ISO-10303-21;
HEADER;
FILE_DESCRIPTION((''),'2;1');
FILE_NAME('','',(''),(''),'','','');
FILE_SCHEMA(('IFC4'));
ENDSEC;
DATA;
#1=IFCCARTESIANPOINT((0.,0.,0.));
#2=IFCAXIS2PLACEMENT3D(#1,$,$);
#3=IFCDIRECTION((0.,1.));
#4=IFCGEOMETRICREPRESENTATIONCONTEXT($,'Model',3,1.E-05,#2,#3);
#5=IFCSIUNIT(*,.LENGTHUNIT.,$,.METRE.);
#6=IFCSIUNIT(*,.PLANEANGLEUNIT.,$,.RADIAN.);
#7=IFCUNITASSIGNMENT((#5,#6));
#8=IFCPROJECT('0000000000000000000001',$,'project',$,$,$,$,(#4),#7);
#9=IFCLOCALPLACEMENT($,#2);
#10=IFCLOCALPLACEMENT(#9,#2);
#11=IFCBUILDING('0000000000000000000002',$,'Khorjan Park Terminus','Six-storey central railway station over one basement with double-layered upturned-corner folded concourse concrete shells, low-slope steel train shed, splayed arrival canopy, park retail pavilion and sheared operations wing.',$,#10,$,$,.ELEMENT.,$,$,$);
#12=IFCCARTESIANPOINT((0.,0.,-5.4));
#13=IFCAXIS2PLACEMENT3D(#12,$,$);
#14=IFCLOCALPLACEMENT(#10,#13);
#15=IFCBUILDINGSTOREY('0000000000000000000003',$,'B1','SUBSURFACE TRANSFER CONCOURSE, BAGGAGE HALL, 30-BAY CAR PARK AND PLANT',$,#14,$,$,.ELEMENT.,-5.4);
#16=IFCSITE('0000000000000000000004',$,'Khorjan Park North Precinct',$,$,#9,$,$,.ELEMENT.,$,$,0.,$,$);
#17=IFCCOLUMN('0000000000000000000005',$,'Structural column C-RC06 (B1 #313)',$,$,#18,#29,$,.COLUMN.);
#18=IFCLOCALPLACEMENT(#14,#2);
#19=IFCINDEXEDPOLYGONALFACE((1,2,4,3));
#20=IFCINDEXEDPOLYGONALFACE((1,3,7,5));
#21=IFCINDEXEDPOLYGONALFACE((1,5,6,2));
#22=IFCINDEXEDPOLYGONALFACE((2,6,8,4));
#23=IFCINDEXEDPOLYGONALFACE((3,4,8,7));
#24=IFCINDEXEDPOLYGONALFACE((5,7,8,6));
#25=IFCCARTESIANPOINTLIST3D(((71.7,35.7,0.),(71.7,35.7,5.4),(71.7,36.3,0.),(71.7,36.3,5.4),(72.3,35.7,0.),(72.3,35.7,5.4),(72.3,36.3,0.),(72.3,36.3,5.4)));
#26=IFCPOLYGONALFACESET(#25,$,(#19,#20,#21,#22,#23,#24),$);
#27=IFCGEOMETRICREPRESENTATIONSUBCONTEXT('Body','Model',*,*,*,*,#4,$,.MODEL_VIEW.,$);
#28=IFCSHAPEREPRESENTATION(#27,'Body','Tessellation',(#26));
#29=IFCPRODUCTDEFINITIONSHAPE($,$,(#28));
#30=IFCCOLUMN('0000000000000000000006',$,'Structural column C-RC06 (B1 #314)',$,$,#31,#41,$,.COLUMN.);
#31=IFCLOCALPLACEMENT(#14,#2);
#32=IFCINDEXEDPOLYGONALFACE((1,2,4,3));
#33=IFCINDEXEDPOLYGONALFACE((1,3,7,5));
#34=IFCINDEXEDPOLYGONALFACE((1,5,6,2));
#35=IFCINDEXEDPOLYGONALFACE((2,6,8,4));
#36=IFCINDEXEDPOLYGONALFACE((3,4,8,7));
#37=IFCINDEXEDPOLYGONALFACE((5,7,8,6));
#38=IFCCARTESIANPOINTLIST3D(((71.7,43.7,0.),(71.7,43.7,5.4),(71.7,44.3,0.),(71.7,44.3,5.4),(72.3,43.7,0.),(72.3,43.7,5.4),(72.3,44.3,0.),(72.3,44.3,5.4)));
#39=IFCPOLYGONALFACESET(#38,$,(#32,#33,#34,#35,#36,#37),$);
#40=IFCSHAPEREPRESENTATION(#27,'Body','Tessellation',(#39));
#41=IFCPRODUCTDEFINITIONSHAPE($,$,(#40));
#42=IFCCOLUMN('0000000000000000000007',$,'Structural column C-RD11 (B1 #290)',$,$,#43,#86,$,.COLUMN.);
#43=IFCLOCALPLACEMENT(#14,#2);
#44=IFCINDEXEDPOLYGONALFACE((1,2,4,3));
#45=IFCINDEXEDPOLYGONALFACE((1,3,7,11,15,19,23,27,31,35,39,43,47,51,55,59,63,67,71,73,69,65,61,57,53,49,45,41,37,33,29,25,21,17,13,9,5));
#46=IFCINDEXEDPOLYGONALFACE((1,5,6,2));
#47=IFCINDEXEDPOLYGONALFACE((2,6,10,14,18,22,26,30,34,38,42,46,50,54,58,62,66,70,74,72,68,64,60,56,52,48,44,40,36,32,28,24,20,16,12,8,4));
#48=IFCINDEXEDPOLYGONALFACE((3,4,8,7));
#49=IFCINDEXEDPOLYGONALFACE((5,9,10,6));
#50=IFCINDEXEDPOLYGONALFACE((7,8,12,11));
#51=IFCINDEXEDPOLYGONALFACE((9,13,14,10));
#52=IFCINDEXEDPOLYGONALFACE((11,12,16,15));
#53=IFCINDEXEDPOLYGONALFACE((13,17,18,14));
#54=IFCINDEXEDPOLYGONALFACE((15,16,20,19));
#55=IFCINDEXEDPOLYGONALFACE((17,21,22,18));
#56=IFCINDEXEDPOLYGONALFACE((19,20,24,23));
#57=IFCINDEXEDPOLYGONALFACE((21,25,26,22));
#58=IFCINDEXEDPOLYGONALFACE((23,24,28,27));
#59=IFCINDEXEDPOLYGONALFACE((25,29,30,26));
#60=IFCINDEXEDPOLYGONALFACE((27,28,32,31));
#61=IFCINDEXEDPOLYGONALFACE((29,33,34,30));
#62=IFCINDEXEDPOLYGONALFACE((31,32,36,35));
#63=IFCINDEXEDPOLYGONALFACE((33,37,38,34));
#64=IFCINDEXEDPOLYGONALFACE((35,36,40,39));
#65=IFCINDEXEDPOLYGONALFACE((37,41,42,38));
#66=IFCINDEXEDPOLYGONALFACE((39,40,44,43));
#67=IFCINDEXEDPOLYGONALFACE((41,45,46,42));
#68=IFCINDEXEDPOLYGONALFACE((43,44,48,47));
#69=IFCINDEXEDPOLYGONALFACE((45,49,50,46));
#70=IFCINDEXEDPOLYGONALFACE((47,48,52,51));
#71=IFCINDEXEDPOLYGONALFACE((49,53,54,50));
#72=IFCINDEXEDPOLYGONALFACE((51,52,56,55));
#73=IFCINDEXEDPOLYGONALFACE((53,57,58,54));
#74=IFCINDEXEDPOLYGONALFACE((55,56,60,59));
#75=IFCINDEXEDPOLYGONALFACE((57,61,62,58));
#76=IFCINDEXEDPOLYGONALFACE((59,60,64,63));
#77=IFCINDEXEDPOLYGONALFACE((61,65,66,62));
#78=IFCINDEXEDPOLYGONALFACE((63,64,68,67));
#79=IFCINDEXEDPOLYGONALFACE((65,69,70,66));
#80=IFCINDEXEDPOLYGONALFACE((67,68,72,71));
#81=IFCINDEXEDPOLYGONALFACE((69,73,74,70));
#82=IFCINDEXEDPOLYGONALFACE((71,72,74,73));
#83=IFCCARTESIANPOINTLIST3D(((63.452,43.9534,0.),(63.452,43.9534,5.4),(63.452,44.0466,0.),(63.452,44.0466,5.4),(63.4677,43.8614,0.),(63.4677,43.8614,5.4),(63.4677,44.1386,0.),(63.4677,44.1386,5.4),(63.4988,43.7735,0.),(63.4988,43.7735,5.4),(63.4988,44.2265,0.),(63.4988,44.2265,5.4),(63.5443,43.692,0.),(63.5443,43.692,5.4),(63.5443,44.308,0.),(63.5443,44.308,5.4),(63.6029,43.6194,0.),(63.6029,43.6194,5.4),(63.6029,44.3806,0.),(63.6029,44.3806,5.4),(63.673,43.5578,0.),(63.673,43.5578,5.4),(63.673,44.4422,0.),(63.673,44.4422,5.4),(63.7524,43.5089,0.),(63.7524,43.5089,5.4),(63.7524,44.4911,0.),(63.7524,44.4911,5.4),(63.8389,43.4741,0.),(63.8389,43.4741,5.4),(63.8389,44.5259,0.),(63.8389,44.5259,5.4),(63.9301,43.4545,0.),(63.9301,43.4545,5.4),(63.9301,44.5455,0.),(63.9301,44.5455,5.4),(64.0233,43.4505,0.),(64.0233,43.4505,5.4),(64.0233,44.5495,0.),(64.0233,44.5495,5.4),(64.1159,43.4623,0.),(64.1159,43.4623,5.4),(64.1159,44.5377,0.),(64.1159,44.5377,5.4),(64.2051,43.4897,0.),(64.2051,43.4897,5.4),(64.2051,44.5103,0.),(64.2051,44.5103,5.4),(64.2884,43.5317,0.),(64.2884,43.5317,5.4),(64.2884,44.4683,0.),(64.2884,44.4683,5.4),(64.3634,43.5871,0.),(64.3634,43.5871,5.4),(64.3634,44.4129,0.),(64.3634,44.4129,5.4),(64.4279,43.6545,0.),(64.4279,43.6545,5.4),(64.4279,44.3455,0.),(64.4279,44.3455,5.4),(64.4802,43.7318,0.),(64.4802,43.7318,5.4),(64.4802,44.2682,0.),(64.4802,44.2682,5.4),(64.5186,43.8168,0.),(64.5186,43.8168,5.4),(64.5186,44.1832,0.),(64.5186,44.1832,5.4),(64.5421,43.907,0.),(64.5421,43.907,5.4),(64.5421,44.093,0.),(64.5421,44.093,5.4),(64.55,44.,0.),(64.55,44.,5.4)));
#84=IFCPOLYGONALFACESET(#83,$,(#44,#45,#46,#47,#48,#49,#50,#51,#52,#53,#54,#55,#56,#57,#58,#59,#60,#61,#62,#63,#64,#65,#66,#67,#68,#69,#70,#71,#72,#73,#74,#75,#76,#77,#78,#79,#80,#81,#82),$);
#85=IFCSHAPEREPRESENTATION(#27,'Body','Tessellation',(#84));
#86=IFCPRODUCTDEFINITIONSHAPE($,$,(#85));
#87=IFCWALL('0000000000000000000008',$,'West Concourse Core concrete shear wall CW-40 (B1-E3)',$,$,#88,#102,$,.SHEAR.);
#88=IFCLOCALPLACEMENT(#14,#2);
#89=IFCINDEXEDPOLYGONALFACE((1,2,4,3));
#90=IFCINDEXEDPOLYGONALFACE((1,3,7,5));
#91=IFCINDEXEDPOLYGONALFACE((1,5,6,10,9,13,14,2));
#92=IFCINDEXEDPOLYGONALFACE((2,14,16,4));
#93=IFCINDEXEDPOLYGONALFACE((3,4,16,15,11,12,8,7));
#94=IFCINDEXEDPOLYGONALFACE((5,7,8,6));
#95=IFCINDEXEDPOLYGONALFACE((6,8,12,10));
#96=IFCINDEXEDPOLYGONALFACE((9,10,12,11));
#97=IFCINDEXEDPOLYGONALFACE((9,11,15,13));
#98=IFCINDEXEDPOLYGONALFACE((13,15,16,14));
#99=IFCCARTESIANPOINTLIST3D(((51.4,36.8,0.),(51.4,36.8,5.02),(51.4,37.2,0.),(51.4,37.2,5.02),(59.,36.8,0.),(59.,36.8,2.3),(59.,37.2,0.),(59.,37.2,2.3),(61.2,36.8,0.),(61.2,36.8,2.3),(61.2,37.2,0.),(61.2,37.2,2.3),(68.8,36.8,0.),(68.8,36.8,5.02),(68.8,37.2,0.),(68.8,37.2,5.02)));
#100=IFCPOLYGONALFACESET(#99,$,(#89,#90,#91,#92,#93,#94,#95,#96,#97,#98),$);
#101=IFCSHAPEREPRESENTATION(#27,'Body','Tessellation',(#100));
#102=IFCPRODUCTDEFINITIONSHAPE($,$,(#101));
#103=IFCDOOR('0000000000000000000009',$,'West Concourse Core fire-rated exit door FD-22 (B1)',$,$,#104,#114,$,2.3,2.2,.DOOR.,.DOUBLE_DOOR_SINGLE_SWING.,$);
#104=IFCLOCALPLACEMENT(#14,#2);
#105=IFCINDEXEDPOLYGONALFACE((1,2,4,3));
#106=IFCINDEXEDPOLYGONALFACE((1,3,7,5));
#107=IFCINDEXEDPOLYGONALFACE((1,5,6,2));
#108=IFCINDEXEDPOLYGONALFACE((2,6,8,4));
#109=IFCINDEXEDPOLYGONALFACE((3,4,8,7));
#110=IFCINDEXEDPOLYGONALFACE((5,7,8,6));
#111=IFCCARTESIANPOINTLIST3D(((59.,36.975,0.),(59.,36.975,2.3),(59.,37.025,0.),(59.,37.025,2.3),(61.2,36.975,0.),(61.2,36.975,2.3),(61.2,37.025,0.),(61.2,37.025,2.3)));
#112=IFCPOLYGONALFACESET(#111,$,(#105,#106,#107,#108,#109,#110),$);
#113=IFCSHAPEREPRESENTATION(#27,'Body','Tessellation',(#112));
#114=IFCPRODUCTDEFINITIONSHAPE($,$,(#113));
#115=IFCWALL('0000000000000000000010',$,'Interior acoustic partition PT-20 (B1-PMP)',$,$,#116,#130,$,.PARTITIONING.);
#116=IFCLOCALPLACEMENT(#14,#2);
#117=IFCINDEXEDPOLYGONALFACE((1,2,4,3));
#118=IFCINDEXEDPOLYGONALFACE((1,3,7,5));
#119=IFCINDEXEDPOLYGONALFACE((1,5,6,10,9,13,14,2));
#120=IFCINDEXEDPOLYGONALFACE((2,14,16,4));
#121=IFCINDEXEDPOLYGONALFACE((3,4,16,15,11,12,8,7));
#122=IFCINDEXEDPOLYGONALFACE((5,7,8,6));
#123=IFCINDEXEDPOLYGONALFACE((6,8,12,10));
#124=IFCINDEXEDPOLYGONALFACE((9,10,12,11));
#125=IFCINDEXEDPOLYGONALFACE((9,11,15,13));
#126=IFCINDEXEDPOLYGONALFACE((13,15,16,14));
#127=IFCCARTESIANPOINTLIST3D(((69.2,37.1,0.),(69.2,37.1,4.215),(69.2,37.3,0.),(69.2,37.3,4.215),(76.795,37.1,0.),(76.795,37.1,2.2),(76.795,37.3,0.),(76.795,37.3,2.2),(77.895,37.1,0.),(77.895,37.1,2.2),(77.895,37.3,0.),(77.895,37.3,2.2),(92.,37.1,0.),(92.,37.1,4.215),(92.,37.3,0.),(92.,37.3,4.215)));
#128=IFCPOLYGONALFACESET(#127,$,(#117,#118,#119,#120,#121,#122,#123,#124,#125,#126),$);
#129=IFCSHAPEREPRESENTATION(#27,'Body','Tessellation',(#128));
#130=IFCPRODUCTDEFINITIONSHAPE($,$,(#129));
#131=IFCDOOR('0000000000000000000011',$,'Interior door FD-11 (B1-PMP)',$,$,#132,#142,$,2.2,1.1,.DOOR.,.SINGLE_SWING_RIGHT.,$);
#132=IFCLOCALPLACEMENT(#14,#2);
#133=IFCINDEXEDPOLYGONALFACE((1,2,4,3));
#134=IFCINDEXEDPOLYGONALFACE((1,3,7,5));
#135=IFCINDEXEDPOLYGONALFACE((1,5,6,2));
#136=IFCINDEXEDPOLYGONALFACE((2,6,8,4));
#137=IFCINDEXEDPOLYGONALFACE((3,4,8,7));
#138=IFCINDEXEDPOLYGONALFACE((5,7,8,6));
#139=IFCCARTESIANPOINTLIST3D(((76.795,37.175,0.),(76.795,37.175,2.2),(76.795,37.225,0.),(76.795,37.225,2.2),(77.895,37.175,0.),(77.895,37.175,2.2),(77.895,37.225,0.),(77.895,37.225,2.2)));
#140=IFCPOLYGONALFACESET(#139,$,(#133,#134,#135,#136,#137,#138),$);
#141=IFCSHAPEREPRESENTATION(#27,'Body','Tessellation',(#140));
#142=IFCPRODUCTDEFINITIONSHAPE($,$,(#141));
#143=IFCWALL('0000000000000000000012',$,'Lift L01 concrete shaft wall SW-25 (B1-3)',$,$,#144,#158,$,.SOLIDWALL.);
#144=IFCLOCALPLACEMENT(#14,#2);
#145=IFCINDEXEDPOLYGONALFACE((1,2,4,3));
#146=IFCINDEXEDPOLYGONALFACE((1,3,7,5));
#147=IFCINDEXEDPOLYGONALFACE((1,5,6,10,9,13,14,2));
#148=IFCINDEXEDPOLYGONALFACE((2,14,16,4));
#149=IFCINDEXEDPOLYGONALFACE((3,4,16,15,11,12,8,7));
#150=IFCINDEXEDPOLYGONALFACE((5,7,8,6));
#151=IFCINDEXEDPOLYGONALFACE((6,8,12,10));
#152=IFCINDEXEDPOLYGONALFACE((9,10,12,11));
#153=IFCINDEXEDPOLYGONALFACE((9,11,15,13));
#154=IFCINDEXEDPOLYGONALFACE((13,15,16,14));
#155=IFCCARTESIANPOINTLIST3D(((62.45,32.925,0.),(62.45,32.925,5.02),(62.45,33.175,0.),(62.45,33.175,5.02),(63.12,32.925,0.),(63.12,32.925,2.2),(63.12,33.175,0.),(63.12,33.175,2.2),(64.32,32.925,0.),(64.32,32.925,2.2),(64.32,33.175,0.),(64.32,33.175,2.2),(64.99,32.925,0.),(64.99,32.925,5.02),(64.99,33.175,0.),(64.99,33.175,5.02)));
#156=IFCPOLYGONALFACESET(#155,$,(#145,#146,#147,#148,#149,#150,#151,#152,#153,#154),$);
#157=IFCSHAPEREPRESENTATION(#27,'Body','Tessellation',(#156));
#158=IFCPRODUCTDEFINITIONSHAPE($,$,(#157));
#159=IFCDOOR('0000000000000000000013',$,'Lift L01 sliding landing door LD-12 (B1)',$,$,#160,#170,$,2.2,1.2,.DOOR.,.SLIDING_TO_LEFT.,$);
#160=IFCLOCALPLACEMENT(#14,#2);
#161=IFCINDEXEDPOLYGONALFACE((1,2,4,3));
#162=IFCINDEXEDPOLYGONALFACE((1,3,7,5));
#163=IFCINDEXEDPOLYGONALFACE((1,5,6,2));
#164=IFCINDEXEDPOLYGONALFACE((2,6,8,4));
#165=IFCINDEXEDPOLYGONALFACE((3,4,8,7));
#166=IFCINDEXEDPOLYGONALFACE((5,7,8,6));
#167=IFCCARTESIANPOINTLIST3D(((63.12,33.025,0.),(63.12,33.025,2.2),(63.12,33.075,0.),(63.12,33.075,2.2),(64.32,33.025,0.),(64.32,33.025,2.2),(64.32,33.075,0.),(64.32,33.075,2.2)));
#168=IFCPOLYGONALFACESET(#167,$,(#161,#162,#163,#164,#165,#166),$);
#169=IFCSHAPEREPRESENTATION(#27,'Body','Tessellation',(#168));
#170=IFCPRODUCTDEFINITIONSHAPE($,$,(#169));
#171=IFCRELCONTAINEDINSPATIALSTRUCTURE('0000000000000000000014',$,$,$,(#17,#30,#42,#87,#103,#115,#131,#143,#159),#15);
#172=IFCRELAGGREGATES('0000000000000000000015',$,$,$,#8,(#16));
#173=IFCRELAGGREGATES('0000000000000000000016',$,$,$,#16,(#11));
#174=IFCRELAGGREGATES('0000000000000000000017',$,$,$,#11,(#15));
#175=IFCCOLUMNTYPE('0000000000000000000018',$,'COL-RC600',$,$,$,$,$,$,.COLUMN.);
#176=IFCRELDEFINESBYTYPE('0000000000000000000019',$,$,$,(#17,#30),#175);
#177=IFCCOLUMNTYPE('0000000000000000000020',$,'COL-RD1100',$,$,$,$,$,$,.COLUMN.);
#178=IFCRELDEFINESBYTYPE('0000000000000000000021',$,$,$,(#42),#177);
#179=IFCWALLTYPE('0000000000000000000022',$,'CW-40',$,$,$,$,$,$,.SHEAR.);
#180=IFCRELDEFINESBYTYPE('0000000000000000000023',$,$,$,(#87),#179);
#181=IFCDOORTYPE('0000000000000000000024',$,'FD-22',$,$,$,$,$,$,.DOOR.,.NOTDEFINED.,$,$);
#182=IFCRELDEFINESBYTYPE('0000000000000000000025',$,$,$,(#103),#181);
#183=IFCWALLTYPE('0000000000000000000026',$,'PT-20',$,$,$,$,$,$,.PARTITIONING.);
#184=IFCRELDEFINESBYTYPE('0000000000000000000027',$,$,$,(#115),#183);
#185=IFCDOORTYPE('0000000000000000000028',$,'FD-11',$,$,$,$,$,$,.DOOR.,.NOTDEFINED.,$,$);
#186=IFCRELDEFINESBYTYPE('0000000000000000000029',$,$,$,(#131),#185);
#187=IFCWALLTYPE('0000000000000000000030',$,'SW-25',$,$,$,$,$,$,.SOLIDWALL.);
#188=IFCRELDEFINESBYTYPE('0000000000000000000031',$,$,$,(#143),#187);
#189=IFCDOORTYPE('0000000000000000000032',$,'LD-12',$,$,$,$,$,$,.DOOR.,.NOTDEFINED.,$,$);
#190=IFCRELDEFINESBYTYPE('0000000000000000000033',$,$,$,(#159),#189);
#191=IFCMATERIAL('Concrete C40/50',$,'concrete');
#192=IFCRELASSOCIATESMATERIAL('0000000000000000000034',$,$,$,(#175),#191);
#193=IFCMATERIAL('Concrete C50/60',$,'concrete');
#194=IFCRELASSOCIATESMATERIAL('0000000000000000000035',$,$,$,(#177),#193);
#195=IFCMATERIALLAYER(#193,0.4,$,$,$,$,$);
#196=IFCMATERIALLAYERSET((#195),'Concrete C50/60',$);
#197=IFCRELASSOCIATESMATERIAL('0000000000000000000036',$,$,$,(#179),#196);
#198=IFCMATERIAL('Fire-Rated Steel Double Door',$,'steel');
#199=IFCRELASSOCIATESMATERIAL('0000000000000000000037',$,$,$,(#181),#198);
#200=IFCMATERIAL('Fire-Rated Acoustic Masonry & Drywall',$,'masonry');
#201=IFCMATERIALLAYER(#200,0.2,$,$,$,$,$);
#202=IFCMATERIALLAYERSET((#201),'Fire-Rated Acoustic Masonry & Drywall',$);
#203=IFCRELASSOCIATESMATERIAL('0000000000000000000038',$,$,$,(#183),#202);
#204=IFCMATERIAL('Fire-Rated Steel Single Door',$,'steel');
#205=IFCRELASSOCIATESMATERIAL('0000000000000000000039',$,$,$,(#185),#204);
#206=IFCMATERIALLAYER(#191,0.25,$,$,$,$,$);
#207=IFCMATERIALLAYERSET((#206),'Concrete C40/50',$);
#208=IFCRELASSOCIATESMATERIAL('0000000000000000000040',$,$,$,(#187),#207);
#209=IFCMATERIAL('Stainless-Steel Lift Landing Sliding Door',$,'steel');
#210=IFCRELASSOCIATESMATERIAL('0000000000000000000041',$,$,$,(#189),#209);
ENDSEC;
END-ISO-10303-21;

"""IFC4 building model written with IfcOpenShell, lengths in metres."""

from ifc_helpers import new_model, si_unit, direction, frame, frame_2d, origin, origin_2d, place, context, subcontext, project, spatial, rectangle, circle, extrude, material, layer, layer_set, material_profile, profile_set, type_object, element, fill, save


model = new_model("IFC4")

# Units and contexts
model_context = context("Model", 3, precision=1e-05, world=origin(), true_north=direction((0.0, 1.0)))
body_context = subcontext(model_context, "Body", "Model", "MODEL_VIEW")
ifc_project = project(units=[si_unit("LENGTHUNIT", "METRE"), si_unit("PLANEANGLEUNIT", "RADIAN")], contexts=[model_context])

# Site, building, storey
site_placement = place(None, origin())
site = spatial("IfcSite", under=ifc_project, at=site_placement, Name="Khorjan Park North Precinct", CompositionType="ELEMENT", RefElevation=0.0)
building_placement = place(site_placement, origin())
building = spatial("IfcBuilding", under=site, at=building_placement, Name="Khorjan Park Terminus", Description="Six-storey central railway station over one basement with double-layered upturned-corner folded concourse concrete shells, low-slope steel train shed, splayed arrival canopy, park retail pavilion and sheared operations wing.", CompositionType="ELEMENT")
storey_placement = place(building_placement, frame((0.0, 0.0, -5.4)))
storey = spatial("IfcBuildingStorey", under=building, at=storey_placement, Name="B1", Description="SUBSURFACE TRANSFER CONCOURSE, BAGGAGE HALL, 30-BAY CAR PARK AND PLANT", CompositionType="ELEMENT", Elevation=-5.4)

# Shared definitions
ifc_material_1 = material(Name="Concrete C40/50", Category="concrete")

# Columns
ifc_material_profile_1 = material_profile(ifc_material_1, rectangle(XDim=0.6, YDim=0.6, at=origin_2d()), Name="RC 600x600")
ifc_profile_set_1 = profile_set([ifc_material_profile_1], Name="Concrete C40/50")
column_type_1 = type_object("IfcColumnType", Name="COL-RC600", PredefinedType="COLUMN", material=ifc_profile_set_1)
for number, where, z_axis, x_axis, name in (
    (1, (72.0, 36.0, 0.0), (0.0, 0.0, 1.0), (1.0, 0.0, 0.0), "Structural column C-RC06 (B1 #313)"),
    (2, (72.0, 44.0, 0.0), (0.0, 0.0, 1.0), (1.0, 0.0, 0.0), "Structural column C-RC06 (B1 #314)"),
):
    element("IfcColumn", number, at=place(storey_placement, frame(where, z_axis=z_axis, x_axis=x_axis)), inside=storey, type_object=column_type_1, Name=name, PredefinedType="COLUMN", context=body_context, shape_type="SweptSolid", body=[
        extrude(rectangle(XDim=0.6, YDim=0.6, at=origin_2d()), origin(), (0.0, 0.0, 1.0), 5.4),
    ])
ifc_material_2 = material(Name="Concrete C50/60", Category="concrete")
ifc_material_profile_2 = material_profile(ifc_material_2, circle(Radius=0.55, at=origin_2d()), Name="RC D1100")
ifc_profile_set_2 = profile_set([ifc_material_profile_2], Name="Concrete C50/60")
column_type_2 = type_object("IfcColumnType", Name="COL-RD1100", PredefinedType="COLUMN", material=ifc_profile_set_2)
column_placement = place(storey_placement, frame((64.0, 44.0, 0.0), z_axis=(0.0, 0.0, 1.0), x_axis=(1.0, 0.0, 0.0)))
element("IfcColumn", 3, at=column_placement, inside=storey, type_object=column_type_2, Name="Structural column C-RD11 (B1 #290)", PredefinedType="COLUMN", context=body_context, shape_type="SweptSolid", body=[
    extrude(circle(Radius=0.55, at=origin_2d()), origin(), (0.0, 0.0, 1.0), 5.4),
])

# Walls, openings, doors
ifc_layer_1 = layer(ifc_material_2, 0.4)
ifc_layer_set_1 = layer_set([ifc_layer_1], Name="Concrete C50/60")
wall_type_1 = type_object("IfcWallType", Name="CW-40", PredefinedType="SHEAR", material=ifc_layer_set_1)
wall_1_placement = place(storey_placement, frame((68.8, 37.0, 0.0), z_axis=(0.0, 0.0, 1.0), x_axis=(-1.0, 0.0, 0.0)))
wall_1 = element("IfcWall", 4, at=wall_1_placement, inside=storey, type_object=wall_type_1, Name="West Concourse Core concrete shear wall CW-40 (B1-E3)", PredefinedType="SHEAR", context=body_context, shape_type="SweptSolid", body=[
    extrude(rectangle(XDim=17.4, YDim=0.4, at=frame_2d((8.7, 0.0))), origin(), (0.0, 0.0, 1.0), 5.02),
])
opening_1_placement = place(wall_1_placement, frame((7.6, 0.0, 0.0)))
opening_1 = element("IfcOpeningElement", 5, at=opening_1_placement, cuts=wall_1, PredefinedType="OPENING", context=body_context, shape_type="SweptSolid", body=[
    extrude(rectangle(XDim=2.2, YDim=2.3, at=frame_2d((1.1, 1.15))), frame((0.0, 0.21, 0.0), z_axis=(0.0, -1.0, 0.0), x_axis=(1.0, 0.0, 0.0)), (0.0, 0.0, 1.0), 0.42),
])
ifc_material_3 = material(Name="Fire-Rated Steel Double Door", Category="steel")
door_type_1 = type_object("IfcDoorType", Name="FD-22", OperationType="NOTDEFINED", PredefinedType="DOOR", material=ifc_material_3)
door_1_placement = place(opening_1_placement, origin())
door_1 = element("IfcDoor", 6, at=door_1_placement, inside=storey, type_object=door_type_1, Name="West Concourse Core fire-rated exit door FD-22 (B1)", OperationType="DOUBLE_DOOR_SINGLE_SWING", OverallHeight=2.3, OverallWidth=2.2, PredefinedType="DOOR", context=body_context, shape_type="SweptSolid", body=[
    extrude(rectangle(XDim=2.2, YDim=2.3, at=frame_2d((1.1, 1.15))), frame((0.0, 0.025, 0.0), z_axis=(0.0, -1.0, 0.0), x_axis=(1.0, 0.0, 0.0)), (0.0, 0.0, 1.0), 0.05),
])
fill(opening_1, door_1)
ifc_material_4 = material(Name="Fire-Rated Acoustic Masonry & Drywall", Category="masonry")
ifc_layer_2 = layer(ifc_material_4, 0.2)
ifc_layer_set_2 = layer_set([ifc_layer_2], Name="Fire-Rated Acoustic Masonry & Drywall")
wall_type_2 = type_object("IfcWallType", Name="PT-20", PredefinedType="PARTITIONING", material=ifc_layer_set_2)
wall_2_placement = place(storey_placement, frame((69.2, 37.2, 0.0), z_axis=(0.0, 0.0, 1.0), x_axis=(1.0, 0.0, 0.0)))
wall_2 = element("IfcWall", 7, at=wall_2_placement, inside=storey, type_object=wall_type_2, Name="Interior acoustic partition PT-20 (B1-PMP)", PredefinedType="PARTITIONING", context=body_context, shape_type="SweptSolid", body=[
    extrude(rectangle(XDim=22.8, YDim=0.2, at=frame_2d((11.4, 0.0))), origin(), (0.0, 0.0, 1.0), 4.215),
])
opening_2_placement = place(wall_2_placement, frame((7.595, 0.0, 0.0)))
opening_2 = element("IfcOpeningElement", 8, at=opening_2_placement, cuts=wall_2, PredefinedType="OPENING", context=body_context, shape_type="SweptSolid", body=[
    extrude(rectangle(XDim=1.1, YDim=2.2, at=frame_2d((0.55, 1.1))), frame((0.0, 0.11, 0.0), z_axis=(0.0, -1.0, 0.0), x_axis=(1.0, 0.0, 0.0)), (0.0, 0.0, 1.0), 0.22),
])
ifc_material_5 = material(Name="Fire-Rated Steel Single Door", Category="steel")
door_type_2 = type_object("IfcDoorType", Name="FD-11", OperationType="NOTDEFINED", PredefinedType="DOOR", material=ifc_material_5)
door_2_placement = place(opening_2_placement, origin())
door_2 = element("IfcDoor", 9, at=door_2_placement, inside=storey, type_object=door_type_2, Name="Interior door FD-11 (B1-PMP)", OperationType="SINGLE_SWING_RIGHT", OverallHeight=2.2, OverallWidth=1.1, PredefinedType="DOOR", context=body_context, shape_type="SweptSolid", body=[
    extrude(rectangle(XDim=1.1, YDim=2.2, at=frame_2d((0.55, 1.1))), frame((0.0, 0.025, 0.0), z_axis=(0.0, -1.0, 0.0), x_axis=(1.0, 0.0, 0.0)), (0.0, 0.0, 1.0), 0.05),
])
fill(opening_2, door_2)
ifc_layer_3 = layer(ifc_material_1, 0.25)
ifc_layer_set_3 = layer_set([ifc_layer_3], Name="Concrete C40/50")
wall_type_3 = type_object("IfcWallType", Name="SW-25", PredefinedType="SOLIDWALL", material=ifc_layer_set_3)
wall_3_placement = place(storey_placement, frame((64.99, 33.05, 0.0), z_axis=(0.0, 0.0, 1.0), x_axis=(-1.0, 0.0, 0.0)))
wall_3 = element("IfcWall", 10, at=wall_3_placement, inside=storey, type_object=wall_type_3, Name="Lift L01 concrete shaft wall SW-25 (B1-3)", PredefinedType="SOLIDWALL", context=body_context, shape_type="SweptSolid", body=[
    extrude(rectangle(XDim=2.54, YDim=0.25, at=frame_2d((1.27, 0.0))), origin(), (0.0, 0.0, 1.0), 5.02),
])
opening_3_placement = place(wall_3_placement, frame((0.67, 0.0, 0.0)))
opening_3 = element("IfcOpeningElement", 11, at=opening_3_placement, cuts=wall_3, PredefinedType="OPENING", context=body_context, shape_type="SweptSolid", body=[
    extrude(rectangle(XDim=1.2, YDim=2.2, at=frame_2d((0.6, 1.1))), frame((0.0, 0.135, 0.0), z_axis=(0.0, -1.0, 0.0), x_axis=(1.0, 0.0, 0.0)), (0.0, 0.0, 1.0), 0.27),
])
ifc_material_6 = material(Name="Stainless-Steel Lift Landing Sliding Door", Category="steel")
door_type_3 = type_object("IfcDoorType", Name="LD-12", OperationType="NOTDEFINED", PredefinedType="DOOR", material=ifc_material_6)
door_3_placement = place(opening_3_placement, origin())
door_3 = element("IfcDoor", 12, at=door_3_placement, inside=storey, type_object=door_type_3, Name="Lift L01 sliding landing door LD-12 (B1)", OperationType="SLIDING_TO_LEFT", OverallHeight=2.2, OverallWidth=1.2, PredefinedType="DOOR", context=body_context, shape_type="SweptSolid", body=[
    extrude(rectangle(XDim=1.2, YDim=2.2, at=frame_2d((0.6, 1.1))), frame((0.0, 0.025, 0.0), z_axis=(0.0, -1.0, 0.0), x_axis=(1.0, 0.0, 0.0)), (0.0, 0.0, 1.0), 0.05),
])
fill(opening_3, door_3)

save(model, "model.ifc")
